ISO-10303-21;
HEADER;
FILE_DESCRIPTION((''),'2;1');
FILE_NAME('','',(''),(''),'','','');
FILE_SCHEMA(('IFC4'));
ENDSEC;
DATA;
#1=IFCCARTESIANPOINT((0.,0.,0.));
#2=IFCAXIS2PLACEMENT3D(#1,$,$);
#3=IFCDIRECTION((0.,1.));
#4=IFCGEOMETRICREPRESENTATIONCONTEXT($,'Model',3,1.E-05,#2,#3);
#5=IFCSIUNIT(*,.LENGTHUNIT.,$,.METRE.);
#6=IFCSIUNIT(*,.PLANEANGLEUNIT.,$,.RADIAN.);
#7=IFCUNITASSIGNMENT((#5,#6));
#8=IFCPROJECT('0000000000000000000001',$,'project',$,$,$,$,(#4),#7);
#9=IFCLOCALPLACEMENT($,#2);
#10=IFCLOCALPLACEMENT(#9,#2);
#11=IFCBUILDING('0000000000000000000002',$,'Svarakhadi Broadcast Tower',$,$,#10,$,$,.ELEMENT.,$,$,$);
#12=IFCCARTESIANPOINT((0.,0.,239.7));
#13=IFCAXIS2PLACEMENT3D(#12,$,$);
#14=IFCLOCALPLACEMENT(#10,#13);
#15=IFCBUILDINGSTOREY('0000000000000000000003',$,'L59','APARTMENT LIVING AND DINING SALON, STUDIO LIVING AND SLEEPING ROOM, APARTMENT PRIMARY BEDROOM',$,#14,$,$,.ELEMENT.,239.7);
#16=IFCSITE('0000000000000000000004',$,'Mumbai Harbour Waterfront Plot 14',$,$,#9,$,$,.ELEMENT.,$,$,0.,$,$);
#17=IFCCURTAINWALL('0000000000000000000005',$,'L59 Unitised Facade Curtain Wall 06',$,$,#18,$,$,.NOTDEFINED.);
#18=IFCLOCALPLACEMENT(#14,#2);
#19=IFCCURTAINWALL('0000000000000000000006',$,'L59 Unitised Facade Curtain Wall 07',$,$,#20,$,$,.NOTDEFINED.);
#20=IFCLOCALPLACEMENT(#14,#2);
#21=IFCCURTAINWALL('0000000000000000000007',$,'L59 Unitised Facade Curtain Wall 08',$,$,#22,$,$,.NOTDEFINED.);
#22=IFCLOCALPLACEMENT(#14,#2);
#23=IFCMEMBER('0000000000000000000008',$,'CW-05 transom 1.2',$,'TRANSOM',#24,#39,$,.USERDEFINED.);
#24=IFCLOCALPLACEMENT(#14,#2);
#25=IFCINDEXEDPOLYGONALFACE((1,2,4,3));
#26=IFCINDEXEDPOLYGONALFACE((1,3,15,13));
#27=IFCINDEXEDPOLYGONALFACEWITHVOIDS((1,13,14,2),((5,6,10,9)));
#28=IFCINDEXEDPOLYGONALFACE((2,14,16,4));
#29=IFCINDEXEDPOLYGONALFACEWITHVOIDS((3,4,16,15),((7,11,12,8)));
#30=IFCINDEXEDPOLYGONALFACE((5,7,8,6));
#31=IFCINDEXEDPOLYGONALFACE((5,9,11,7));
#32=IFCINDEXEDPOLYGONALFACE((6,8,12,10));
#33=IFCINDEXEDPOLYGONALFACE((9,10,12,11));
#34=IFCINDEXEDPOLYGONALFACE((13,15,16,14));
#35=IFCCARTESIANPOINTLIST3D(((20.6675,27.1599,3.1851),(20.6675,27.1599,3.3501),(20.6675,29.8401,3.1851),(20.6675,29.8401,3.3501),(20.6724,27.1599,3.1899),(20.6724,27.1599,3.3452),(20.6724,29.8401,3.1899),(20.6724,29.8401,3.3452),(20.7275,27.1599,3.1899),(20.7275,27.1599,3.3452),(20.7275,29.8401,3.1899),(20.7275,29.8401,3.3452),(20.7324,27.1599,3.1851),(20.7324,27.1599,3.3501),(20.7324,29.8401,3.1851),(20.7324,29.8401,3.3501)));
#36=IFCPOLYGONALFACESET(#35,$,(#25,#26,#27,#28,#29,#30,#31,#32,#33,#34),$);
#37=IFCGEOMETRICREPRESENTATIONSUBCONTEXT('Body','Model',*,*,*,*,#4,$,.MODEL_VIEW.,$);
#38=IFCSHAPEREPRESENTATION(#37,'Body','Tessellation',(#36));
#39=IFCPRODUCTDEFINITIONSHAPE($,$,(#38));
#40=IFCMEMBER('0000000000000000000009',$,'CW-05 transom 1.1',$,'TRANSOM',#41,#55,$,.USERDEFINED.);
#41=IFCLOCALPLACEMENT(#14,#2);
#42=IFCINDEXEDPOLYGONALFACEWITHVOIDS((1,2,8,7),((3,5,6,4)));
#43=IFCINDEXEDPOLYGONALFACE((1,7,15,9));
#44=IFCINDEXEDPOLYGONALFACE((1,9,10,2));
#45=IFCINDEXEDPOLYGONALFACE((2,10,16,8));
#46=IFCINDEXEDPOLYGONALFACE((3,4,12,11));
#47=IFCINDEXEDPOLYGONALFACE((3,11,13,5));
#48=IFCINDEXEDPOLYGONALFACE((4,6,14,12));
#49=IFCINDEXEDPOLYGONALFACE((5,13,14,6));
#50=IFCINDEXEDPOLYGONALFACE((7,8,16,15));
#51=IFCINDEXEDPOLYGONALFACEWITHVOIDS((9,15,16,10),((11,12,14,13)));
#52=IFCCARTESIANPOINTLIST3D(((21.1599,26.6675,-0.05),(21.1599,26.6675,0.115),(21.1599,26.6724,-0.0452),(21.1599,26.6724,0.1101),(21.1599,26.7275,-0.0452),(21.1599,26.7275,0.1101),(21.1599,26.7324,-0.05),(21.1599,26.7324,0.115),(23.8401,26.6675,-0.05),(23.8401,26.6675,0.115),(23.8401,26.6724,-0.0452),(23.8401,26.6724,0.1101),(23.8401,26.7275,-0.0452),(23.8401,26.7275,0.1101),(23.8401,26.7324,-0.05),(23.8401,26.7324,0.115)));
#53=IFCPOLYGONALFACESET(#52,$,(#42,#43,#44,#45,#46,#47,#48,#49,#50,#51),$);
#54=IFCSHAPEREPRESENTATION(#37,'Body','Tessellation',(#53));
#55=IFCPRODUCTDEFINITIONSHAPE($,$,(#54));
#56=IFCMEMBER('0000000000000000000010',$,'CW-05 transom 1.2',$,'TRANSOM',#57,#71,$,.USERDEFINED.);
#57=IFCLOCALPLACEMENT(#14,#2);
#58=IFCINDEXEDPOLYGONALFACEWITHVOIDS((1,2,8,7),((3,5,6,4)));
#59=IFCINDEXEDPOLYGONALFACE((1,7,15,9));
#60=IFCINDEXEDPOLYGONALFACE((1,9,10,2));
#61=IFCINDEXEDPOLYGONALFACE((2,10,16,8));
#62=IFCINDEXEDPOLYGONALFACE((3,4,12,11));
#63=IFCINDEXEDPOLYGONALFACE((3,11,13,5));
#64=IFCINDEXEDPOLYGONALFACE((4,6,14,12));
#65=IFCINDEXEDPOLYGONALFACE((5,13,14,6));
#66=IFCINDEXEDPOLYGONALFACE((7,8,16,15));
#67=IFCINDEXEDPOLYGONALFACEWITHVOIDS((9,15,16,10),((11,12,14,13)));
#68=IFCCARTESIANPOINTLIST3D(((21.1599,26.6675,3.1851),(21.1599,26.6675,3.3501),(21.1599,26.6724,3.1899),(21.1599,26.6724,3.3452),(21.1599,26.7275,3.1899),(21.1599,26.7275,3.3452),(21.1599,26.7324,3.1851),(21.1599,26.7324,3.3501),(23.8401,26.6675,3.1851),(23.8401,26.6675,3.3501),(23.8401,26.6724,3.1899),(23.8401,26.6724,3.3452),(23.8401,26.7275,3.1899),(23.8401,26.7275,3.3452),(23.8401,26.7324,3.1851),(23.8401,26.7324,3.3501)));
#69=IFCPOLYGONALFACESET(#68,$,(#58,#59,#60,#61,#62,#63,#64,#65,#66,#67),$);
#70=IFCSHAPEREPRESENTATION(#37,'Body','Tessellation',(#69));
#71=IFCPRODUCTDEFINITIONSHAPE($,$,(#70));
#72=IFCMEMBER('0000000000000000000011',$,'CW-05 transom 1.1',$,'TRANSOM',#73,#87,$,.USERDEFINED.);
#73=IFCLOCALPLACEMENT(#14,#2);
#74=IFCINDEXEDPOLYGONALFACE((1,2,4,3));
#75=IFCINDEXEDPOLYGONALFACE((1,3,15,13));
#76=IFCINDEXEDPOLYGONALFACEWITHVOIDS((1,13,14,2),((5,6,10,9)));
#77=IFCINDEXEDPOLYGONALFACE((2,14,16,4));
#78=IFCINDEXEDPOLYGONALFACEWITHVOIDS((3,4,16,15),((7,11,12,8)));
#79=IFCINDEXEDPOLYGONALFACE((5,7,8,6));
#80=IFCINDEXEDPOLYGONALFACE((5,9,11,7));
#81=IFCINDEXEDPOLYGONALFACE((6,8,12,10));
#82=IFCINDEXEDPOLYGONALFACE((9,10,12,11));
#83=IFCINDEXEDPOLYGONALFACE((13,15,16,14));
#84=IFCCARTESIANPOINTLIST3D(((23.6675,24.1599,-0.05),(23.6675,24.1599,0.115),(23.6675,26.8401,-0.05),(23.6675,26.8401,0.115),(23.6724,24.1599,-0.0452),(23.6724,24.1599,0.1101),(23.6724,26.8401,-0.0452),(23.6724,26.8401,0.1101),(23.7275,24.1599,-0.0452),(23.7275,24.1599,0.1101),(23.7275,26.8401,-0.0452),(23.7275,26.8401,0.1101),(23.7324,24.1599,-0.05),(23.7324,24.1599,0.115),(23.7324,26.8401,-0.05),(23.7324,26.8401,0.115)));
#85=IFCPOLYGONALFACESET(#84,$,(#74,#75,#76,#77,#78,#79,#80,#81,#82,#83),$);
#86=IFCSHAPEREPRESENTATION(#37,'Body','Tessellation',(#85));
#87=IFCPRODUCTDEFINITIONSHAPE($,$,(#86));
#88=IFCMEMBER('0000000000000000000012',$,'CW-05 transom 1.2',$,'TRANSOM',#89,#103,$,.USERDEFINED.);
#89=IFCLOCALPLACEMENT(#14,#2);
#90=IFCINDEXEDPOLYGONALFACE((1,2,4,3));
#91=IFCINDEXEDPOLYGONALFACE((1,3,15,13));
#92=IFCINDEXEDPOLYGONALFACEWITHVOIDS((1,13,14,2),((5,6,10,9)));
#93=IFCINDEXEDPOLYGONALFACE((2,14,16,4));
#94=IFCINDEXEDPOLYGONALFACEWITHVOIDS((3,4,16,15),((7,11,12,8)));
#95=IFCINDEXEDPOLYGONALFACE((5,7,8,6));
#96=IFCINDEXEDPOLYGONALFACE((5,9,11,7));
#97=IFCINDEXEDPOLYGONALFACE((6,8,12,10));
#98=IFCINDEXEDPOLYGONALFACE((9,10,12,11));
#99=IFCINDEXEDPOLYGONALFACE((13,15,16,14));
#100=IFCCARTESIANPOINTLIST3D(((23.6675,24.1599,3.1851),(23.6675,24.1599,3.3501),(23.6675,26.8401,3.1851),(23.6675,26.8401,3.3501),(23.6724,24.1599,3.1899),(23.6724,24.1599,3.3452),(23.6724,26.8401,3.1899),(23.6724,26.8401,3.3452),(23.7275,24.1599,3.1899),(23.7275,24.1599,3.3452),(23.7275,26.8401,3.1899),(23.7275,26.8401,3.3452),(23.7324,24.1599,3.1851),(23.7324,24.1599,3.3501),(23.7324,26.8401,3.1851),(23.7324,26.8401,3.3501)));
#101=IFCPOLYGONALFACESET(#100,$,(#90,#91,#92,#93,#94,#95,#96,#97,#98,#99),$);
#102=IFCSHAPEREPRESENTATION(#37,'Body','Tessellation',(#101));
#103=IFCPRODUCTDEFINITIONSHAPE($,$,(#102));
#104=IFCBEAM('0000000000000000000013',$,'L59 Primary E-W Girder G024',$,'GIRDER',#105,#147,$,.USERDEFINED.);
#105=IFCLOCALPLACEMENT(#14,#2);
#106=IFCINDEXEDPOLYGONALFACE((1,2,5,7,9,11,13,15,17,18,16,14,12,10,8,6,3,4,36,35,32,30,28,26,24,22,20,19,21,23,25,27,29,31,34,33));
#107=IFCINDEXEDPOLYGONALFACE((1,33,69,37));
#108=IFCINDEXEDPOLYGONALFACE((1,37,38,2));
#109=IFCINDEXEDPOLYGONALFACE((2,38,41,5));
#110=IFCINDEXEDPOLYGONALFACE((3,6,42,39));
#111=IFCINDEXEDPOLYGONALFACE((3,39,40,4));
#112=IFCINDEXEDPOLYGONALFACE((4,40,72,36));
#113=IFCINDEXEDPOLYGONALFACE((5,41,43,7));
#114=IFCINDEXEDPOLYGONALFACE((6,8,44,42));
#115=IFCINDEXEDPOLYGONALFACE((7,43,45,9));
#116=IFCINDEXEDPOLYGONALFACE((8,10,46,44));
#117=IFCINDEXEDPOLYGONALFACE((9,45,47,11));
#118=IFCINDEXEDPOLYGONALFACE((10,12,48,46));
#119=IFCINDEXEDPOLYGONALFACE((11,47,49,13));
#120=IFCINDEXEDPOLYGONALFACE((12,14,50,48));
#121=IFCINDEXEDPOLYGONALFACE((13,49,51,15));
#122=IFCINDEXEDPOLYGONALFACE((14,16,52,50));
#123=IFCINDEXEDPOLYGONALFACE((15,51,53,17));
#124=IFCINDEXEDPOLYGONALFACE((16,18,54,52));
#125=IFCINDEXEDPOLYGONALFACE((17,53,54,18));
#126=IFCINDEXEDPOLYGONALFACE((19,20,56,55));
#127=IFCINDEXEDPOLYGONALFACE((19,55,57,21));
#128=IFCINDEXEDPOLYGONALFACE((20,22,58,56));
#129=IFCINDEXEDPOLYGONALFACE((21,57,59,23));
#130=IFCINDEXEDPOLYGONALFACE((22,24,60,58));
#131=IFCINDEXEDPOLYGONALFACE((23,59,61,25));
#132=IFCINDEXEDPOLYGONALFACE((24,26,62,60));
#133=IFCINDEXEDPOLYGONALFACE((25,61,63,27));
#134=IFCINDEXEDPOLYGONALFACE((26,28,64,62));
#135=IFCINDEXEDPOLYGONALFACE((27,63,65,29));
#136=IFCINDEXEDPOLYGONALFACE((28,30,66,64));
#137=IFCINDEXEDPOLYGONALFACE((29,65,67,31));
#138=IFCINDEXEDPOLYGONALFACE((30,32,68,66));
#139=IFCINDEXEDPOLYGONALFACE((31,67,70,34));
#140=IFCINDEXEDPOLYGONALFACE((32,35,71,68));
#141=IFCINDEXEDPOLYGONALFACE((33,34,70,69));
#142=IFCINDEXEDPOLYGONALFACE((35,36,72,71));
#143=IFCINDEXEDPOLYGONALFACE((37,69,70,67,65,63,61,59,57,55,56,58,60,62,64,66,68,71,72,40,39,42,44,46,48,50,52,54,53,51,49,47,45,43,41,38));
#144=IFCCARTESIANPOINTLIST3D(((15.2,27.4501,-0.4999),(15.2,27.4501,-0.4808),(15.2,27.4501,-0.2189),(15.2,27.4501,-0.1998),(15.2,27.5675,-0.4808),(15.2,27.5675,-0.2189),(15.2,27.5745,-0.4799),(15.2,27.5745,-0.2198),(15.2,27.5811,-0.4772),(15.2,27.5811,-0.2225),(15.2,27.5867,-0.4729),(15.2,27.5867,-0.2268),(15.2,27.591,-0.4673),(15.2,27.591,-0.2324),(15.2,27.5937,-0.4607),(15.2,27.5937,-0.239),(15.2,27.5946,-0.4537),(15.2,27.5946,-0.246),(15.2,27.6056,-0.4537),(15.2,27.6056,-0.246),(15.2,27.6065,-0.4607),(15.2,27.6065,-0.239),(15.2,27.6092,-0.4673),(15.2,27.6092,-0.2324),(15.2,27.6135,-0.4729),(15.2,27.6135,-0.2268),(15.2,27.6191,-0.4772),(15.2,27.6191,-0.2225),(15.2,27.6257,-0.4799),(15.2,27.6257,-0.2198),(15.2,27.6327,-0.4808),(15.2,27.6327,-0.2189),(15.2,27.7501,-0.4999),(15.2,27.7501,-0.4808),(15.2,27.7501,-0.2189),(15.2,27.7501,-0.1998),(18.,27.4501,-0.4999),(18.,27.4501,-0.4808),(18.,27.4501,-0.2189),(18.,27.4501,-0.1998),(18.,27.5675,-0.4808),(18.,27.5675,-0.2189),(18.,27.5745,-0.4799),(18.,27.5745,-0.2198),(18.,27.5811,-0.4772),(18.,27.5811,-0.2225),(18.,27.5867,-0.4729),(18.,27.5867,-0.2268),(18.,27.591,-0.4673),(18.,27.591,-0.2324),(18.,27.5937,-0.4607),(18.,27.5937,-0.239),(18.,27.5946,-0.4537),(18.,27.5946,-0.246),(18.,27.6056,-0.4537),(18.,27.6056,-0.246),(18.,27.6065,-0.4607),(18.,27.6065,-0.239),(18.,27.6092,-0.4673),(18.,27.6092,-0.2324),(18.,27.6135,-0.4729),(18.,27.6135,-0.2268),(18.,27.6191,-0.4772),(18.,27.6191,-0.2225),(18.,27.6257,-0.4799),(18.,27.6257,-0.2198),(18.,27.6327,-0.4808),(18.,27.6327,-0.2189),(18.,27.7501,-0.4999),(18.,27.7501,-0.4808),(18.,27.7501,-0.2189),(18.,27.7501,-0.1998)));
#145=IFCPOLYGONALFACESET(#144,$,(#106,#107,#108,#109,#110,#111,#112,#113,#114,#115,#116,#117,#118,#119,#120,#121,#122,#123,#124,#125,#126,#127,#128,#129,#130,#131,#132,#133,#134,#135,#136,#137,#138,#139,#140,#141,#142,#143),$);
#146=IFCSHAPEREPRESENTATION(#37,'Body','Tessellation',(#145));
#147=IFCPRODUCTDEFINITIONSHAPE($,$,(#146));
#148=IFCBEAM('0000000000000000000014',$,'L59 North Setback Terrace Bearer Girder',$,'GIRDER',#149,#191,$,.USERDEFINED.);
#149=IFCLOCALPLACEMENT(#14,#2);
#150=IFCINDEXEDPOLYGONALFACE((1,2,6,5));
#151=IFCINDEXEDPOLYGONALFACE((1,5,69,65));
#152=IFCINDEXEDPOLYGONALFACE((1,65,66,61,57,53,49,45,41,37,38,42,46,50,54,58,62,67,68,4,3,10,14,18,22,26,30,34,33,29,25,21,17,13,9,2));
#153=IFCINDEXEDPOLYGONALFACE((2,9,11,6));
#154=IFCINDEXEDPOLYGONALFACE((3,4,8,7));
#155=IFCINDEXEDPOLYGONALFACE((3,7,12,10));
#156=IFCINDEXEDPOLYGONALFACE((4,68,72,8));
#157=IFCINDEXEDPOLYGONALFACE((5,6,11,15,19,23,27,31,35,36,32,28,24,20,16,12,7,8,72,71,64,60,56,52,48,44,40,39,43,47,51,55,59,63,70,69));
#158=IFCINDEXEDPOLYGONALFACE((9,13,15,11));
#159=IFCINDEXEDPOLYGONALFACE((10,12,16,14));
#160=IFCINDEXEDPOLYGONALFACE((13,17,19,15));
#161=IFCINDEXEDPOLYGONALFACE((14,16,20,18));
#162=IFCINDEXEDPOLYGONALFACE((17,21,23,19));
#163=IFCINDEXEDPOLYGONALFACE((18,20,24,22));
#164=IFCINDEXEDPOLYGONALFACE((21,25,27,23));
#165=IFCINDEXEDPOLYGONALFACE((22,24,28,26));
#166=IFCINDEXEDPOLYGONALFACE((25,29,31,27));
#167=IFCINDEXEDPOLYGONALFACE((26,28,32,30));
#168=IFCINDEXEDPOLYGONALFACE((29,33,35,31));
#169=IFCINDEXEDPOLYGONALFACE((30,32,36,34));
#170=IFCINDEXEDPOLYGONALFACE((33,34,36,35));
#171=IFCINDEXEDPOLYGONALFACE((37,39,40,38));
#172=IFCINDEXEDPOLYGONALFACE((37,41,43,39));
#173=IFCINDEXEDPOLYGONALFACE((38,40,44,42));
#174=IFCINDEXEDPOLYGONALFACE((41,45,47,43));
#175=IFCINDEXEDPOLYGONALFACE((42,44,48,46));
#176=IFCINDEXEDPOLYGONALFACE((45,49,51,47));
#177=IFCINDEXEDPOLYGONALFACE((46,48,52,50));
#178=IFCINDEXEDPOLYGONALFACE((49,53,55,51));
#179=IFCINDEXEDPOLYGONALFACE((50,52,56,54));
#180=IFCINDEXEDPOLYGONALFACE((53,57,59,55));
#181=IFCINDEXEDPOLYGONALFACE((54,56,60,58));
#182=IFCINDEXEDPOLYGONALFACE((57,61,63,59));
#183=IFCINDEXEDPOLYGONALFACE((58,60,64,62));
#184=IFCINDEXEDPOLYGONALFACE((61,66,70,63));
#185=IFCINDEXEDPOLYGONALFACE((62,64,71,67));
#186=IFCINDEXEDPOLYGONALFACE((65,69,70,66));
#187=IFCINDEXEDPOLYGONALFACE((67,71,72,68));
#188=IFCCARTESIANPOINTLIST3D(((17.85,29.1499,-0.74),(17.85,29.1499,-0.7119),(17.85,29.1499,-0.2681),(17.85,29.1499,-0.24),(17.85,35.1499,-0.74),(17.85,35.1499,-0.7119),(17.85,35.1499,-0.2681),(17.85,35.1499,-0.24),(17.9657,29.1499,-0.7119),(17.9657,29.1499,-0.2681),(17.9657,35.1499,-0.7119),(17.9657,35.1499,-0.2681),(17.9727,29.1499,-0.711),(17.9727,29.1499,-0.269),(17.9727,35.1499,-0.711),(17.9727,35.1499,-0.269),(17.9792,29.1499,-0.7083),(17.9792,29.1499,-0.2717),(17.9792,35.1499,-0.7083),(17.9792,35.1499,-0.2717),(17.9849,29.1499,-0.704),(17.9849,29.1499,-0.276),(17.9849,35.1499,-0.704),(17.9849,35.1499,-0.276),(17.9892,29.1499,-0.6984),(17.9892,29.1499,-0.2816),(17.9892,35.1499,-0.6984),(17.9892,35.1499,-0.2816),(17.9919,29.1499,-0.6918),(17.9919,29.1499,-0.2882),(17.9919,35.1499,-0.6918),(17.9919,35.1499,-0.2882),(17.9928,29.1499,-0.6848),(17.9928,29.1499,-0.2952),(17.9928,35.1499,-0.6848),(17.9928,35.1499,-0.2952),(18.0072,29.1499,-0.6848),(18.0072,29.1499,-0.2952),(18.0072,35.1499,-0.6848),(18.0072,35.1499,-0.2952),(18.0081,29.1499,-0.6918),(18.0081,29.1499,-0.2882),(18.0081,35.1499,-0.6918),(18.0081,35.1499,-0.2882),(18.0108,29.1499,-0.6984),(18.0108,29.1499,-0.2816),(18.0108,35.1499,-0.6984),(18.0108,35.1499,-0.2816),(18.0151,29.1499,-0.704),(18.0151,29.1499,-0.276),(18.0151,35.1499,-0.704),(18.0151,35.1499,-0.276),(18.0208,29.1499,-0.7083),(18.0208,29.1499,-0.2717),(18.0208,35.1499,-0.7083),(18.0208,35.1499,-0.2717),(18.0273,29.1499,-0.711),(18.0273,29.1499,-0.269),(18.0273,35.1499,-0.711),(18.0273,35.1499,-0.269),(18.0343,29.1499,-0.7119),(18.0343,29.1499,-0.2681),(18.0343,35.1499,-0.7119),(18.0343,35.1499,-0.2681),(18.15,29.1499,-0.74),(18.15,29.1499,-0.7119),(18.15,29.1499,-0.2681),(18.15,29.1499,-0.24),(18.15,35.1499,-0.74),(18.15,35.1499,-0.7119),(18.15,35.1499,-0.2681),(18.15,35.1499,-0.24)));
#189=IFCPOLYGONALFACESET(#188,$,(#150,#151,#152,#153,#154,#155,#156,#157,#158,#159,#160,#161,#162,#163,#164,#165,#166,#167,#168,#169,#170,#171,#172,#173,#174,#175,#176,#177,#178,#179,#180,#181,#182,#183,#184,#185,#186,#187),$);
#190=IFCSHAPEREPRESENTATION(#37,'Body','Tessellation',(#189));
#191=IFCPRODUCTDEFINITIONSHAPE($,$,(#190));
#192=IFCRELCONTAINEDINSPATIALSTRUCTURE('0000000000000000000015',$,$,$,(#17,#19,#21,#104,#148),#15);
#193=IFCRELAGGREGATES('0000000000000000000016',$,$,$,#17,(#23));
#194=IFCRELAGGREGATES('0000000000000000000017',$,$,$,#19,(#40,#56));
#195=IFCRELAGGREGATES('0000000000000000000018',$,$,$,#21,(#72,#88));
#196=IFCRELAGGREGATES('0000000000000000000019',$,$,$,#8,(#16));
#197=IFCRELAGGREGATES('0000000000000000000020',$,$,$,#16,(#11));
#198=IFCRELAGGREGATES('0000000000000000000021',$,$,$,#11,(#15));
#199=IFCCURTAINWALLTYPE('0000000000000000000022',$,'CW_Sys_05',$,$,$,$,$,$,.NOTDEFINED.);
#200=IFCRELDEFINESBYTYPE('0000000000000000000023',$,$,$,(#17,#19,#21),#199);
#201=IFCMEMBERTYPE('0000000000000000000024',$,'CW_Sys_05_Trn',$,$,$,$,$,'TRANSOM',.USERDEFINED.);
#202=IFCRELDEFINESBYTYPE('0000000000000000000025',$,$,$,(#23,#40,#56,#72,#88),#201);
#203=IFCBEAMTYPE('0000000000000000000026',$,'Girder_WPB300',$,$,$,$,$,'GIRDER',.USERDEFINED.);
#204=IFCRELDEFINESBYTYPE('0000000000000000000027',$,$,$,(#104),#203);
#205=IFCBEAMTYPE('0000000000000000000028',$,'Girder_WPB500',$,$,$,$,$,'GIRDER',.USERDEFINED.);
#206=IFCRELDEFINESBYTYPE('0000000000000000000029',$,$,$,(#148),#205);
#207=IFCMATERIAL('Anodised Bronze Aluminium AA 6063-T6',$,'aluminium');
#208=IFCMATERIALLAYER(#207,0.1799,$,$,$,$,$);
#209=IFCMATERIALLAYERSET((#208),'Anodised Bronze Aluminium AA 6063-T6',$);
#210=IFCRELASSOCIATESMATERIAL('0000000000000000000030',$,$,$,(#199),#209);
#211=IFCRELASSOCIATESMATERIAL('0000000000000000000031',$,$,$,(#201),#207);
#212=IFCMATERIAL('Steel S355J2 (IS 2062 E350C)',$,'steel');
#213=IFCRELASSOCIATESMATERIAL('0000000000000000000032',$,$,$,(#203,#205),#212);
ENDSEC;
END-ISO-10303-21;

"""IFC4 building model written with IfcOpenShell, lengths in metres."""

from ifc_helpers import new_model, si_unit, direction, frame, origin, origin_2d, place, context, subcontext, project, spatial, hollow_rectangle, i_section, extrude, material, layer, layer_set, material_profile, profile_set, type_object, element, aggregate, save


model = new_model("IFC4")

# Units and contexts
model_context = context("Model", 3, precision=1e-05, world=origin(), true_north=direction((0.0, 1.0)))
body_context = subcontext(model_context, "Body", "Model", "MODEL_VIEW")
ifc_project = project(units=[si_unit("LENGTHUNIT", "METRE"), si_unit("PLANEANGLEUNIT", "RADIAN")], contexts=[model_context])

# Site, building, storey
site_placement = place(None, origin())
site = spatial("IfcSite", under=ifc_project, at=site_placement, Name="Mumbai Harbour Waterfront Plot 14", CompositionType="ELEMENT", RefElevation=0.0)
building_placement = place(site_placement, origin())
building = spatial("IfcBuilding", under=site, at=building_placement, Name="Svarakhadi Broadcast Tower", CompositionType="ELEMENT")
storey_placement = place(building_placement, frame((0.0, 0.0, 239.7)))
storey = spatial("IfcBuildingStorey", under=building, at=storey_placement, Name="L59", Description="APARTMENT LIVING AND DINING SALON, STUDIO LIVING AND SLEEPING ROOM, APARTMENT PRIMARY BEDROOM", CompositionType="ELEMENT", Elevation=239.7)

# Curtain wall
ifc_material_1 = material(Name="Anodised Bronze Aluminium AA 6063-T6", Category="aluminium")
ifc_layer_1 = layer(ifc_material_1, 0.1799)
ifc_layer_set_1 = layer_set([ifc_layer_1], Name="Anodised Bronze Aluminium AA 6063-T6")
curtain_wall_type = type_object("IfcCurtainWallType", Name="CW_Sys_05", PredefinedType="NOTDEFINED", material=ifc_layer_set_1)
curtain_wall_1_placement = place(storey_placement, origin())
curtain_wall_1 = element("IfcCurtainWall", 1, at=curtain_wall_1_placement, inside=storey, type_object=curtain_wall_type, Name="L59 Unitised Facade Curtain Wall 06", PredefinedType="NOTDEFINED")

# Curtain walls
curtain_wall_2_placement = place(storey_placement, origin())
curtain_wall_2 = element("IfcCurtainWall", 2, at=curtain_wall_2_placement, inside=storey, type_object=curtain_wall_type, Name="L59 Unitised Facade Curtain Wall 07", PredefinedType="NOTDEFINED")
curtain_wall_3_placement = place(storey_placement, origin())
curtain_wall_3 = element("IfcCurtainWall", 3, at=curtain_wall_3_placement, inside=storey, type_object=curtain_wall_type, Name="L59 Unitised Facade Curtain Wall 08", PredefinedType="NOTDEFINED")

# Members
ifc_material_profile_1 = material_profile(ifc_material_1, hollow_rectangle(XDim=0.0649, YDim=0.165, WallThickness=0.0049, at=origin_2d()), Name="ALU TRANSOM 165x65x5")
ifc_profile_set_1 = profile_set([ifc_material_profile_1], Name="Anodised Bronze Aluminium AA 6063-T6")
member_type_1 = type_object("IfcMemberType", Name="CW_Sys_05_Trn", ElementType="TRANSOM", PredefinedType="USERDEFINED", material=ifc_profile_set_1)
member_1_placement = place(storey_placement, frame((20.7, 29.8401, 3.2676), z_axis=(0.0, -1.0, 0.0), x_axis=(1.0, 0.0, 0.0)))
member_1 = element("IfcMember", 4, at=member_1_placement, type_object=member_type_1, Name="CW-05 transom 1.2", ObjectType="TRANSOM", PredefinedType="USERDEFINED", context=body_context, shape_type="SweptSolid", body=[
    extrude(hollow_rectangle(XDim=0.0649, YDim=0.165, WallThickness=0.0049, at=origin_2d()), origin(), (0.0, 0.0, 1.0), 2.6802),
])
member_2_placement = place(storey_placement, frame((21.1599, 26.7, 0.0325), z_axis=(1.0, 0.0, 0.0), x_axis=(0.0, 1.0, 0.0)))
member_2 = element("IfcMember", 5, at=member_2_placement, type_object=member_type_1, Name="CW-05 transom 1.1", ObjectType="TRANSOM", PredefinedType="USERDEFINED", context=body_context, shape_type="SweptSolid", body=[
    extrude(hollow_rectangle(XDim=0.0649, YDim=0.165, WallThickness=0.0049, at=origin_2d()), origin(), (0.0, 0.0, 1.0), 2.6802),
])
member_3_placement = place(storey_placement, frame((21.1599, 26.7, 3.2676), z_axis=(1.0, 0.0, 0.0), x_axis=(0.0, 1.0, 0.0)))
member_3 = element("IfcMember", 6, at=member_3_placement, type_object=member_type_1, Name="CW-05 transom 1.2", ObjectType="TRANSOM", PredefinedType="USERDEFINED", context=body_context, shape_type="SweptSolid", body=[
    extrude(hollow_rectangle(XDim=0.0649, YDim=0.165, WallThickness=0.0049, at=origin_2d()), origin(), (0.0, 0.0, 1.0), 2.6802),
])
member_4_placement = place(storey_placement, frame((23.7, 26.8401, 0.0325), z_axis=(0.0, -1.0, 0.0), x_axis=(1.0, 0.0, 0.0)))
member_4 = element("IfcMember", 7, at=member_4_placement, type_object=member_type_1, Name="CW-05 transom 1.1", ObjectType="TRANSOM", PredefinedType="USERDEFINED", context=body_context, shape_type="SweptSolid", body=[
    extrude(hollow_rectangle(XDim=0.0649, YDim=0.165, WallThickness=0.0049, at=origin_2d()), origin(), (0.0, 0.0, 1.0), 2.6802),
])
member_5_placement = place(storey_placement, frame((23.7, 26.8401, 3.2676), z_axis=(0.0, -1.0, 0.0), x_axis=(1.0, 0.0, 0.0)))
member_5 = element("IfcMember", 8, at=member_5_placement, type_object=member_type_1, Name="CW-05 transom 1.2", ObjectType="TRANSOM", PredefinedType="USERDEFINED", context=body_context, shape_type="SweptSolid", body=[
    extrude(hollow_rectangle(XDim=0.0649, YDim=0.165, WallThickness=0.0049, at=origin_2d()), origin(), (0.0, 0.0, 1.0), 2.6802),
])

# Beams
ifc_material_2 = material(Name="Steel S355J2 (IS 2062 E350C)", Category="steel")
ifc_material_profile_2 = material_profile(ifc_material_2, i_section(OverallWidth=0.3, OverallDepth=0.3, WebThickness=0.011, FlangeThickness=0.019, FilletRadius=0.0271, at=origin_2d()), Name="WPB 300x300x117")
ifc_profile_set_2 = profile_set([ifc_material_profile_2], Name="Steel S355J2 (IS 2062 E350C)")
beam_type_1 = type_object("IfcBeamType", Name="Girder_WPB300", ElementType="GIRDER", PredefinedType="USERDEFINED", material=ifc_profile_set_2)
beam_1_placement = place(storey_placement, frame((15.2, 27.6001, -0.3499), z_axis=(1.0, 0.0, 0.0), x_axis=(0.0, 1.0, 0.0)))
element("IfcBeam", 9, at=beam_1_placement, inside=storey, type_object=beam_type_1, Name="L59 Primary E-W Girder G024", ObjectType="GIRDER", PredefinedType="USERDEFINED", context=body_context, shape_type="SweptSolid", body=[
    extrude(i_section(OverallWidth=0.3, OverallDepth=0.3, WebThickness=0.011, FlangeThickness=0.019, FilletRadius=0.0271, at=origin_2d()), origin(), (0.0, 0.0, 1.0), 2.8),
])
ifc_material_profile_3 = material_profile(ifc_material_2, i_section(OverallWidth=0.3, OverallDepth=0.5, WebThickness=0.0144, FlangeThickness=0.0281, FilletRadius=0.0271, at=origin_2d()), Name="WPB 500x300x187")
ifc_profile_set_3 = profile_set([ifc_material_profile_3], Name="Steel S355J2 (IS 2062 E350C)")
beam_type_2 = type_object("IfcBeamType", Name="Girder_WPB500", ElementType="GIRDER", PredefinedType="USERDEFINED", material=ifc_profile_set_3)
beam_2_placement = place(storey_placement, frame((18.0, 29.1499, -0.49), z_axis=(0.0, 1.0, 0.0), x_axis=(-1.0, 0.0, 0.0)))
element("IfcBeam", 10, at=beam_2_placement, inside=storey, type_object=beam_type_2, Name="L59 North Setback Terrace Bearer Girder", ObjectType="GIRDER", PredefinedType="USERDEFINED", context=body_context, shape_type="SweptSolid", body=[
    extrude(i_section(OverallWidth=0.3, OverallDepth=0.5, WebThickness=0.0144, FlangeThickness=0.0281, FilletRadius=0.0271, at=origin_2d()), origin(), (0.0, 0.0, 1.0), 6.0),
])

aggregate(curtain_wall_1, [member_1])
aggregate(curtain_wall_2, [member_2, member_3])
aggregate(curtain_wall_3, [member_4, member_5])

save(model, "model.ifc")
